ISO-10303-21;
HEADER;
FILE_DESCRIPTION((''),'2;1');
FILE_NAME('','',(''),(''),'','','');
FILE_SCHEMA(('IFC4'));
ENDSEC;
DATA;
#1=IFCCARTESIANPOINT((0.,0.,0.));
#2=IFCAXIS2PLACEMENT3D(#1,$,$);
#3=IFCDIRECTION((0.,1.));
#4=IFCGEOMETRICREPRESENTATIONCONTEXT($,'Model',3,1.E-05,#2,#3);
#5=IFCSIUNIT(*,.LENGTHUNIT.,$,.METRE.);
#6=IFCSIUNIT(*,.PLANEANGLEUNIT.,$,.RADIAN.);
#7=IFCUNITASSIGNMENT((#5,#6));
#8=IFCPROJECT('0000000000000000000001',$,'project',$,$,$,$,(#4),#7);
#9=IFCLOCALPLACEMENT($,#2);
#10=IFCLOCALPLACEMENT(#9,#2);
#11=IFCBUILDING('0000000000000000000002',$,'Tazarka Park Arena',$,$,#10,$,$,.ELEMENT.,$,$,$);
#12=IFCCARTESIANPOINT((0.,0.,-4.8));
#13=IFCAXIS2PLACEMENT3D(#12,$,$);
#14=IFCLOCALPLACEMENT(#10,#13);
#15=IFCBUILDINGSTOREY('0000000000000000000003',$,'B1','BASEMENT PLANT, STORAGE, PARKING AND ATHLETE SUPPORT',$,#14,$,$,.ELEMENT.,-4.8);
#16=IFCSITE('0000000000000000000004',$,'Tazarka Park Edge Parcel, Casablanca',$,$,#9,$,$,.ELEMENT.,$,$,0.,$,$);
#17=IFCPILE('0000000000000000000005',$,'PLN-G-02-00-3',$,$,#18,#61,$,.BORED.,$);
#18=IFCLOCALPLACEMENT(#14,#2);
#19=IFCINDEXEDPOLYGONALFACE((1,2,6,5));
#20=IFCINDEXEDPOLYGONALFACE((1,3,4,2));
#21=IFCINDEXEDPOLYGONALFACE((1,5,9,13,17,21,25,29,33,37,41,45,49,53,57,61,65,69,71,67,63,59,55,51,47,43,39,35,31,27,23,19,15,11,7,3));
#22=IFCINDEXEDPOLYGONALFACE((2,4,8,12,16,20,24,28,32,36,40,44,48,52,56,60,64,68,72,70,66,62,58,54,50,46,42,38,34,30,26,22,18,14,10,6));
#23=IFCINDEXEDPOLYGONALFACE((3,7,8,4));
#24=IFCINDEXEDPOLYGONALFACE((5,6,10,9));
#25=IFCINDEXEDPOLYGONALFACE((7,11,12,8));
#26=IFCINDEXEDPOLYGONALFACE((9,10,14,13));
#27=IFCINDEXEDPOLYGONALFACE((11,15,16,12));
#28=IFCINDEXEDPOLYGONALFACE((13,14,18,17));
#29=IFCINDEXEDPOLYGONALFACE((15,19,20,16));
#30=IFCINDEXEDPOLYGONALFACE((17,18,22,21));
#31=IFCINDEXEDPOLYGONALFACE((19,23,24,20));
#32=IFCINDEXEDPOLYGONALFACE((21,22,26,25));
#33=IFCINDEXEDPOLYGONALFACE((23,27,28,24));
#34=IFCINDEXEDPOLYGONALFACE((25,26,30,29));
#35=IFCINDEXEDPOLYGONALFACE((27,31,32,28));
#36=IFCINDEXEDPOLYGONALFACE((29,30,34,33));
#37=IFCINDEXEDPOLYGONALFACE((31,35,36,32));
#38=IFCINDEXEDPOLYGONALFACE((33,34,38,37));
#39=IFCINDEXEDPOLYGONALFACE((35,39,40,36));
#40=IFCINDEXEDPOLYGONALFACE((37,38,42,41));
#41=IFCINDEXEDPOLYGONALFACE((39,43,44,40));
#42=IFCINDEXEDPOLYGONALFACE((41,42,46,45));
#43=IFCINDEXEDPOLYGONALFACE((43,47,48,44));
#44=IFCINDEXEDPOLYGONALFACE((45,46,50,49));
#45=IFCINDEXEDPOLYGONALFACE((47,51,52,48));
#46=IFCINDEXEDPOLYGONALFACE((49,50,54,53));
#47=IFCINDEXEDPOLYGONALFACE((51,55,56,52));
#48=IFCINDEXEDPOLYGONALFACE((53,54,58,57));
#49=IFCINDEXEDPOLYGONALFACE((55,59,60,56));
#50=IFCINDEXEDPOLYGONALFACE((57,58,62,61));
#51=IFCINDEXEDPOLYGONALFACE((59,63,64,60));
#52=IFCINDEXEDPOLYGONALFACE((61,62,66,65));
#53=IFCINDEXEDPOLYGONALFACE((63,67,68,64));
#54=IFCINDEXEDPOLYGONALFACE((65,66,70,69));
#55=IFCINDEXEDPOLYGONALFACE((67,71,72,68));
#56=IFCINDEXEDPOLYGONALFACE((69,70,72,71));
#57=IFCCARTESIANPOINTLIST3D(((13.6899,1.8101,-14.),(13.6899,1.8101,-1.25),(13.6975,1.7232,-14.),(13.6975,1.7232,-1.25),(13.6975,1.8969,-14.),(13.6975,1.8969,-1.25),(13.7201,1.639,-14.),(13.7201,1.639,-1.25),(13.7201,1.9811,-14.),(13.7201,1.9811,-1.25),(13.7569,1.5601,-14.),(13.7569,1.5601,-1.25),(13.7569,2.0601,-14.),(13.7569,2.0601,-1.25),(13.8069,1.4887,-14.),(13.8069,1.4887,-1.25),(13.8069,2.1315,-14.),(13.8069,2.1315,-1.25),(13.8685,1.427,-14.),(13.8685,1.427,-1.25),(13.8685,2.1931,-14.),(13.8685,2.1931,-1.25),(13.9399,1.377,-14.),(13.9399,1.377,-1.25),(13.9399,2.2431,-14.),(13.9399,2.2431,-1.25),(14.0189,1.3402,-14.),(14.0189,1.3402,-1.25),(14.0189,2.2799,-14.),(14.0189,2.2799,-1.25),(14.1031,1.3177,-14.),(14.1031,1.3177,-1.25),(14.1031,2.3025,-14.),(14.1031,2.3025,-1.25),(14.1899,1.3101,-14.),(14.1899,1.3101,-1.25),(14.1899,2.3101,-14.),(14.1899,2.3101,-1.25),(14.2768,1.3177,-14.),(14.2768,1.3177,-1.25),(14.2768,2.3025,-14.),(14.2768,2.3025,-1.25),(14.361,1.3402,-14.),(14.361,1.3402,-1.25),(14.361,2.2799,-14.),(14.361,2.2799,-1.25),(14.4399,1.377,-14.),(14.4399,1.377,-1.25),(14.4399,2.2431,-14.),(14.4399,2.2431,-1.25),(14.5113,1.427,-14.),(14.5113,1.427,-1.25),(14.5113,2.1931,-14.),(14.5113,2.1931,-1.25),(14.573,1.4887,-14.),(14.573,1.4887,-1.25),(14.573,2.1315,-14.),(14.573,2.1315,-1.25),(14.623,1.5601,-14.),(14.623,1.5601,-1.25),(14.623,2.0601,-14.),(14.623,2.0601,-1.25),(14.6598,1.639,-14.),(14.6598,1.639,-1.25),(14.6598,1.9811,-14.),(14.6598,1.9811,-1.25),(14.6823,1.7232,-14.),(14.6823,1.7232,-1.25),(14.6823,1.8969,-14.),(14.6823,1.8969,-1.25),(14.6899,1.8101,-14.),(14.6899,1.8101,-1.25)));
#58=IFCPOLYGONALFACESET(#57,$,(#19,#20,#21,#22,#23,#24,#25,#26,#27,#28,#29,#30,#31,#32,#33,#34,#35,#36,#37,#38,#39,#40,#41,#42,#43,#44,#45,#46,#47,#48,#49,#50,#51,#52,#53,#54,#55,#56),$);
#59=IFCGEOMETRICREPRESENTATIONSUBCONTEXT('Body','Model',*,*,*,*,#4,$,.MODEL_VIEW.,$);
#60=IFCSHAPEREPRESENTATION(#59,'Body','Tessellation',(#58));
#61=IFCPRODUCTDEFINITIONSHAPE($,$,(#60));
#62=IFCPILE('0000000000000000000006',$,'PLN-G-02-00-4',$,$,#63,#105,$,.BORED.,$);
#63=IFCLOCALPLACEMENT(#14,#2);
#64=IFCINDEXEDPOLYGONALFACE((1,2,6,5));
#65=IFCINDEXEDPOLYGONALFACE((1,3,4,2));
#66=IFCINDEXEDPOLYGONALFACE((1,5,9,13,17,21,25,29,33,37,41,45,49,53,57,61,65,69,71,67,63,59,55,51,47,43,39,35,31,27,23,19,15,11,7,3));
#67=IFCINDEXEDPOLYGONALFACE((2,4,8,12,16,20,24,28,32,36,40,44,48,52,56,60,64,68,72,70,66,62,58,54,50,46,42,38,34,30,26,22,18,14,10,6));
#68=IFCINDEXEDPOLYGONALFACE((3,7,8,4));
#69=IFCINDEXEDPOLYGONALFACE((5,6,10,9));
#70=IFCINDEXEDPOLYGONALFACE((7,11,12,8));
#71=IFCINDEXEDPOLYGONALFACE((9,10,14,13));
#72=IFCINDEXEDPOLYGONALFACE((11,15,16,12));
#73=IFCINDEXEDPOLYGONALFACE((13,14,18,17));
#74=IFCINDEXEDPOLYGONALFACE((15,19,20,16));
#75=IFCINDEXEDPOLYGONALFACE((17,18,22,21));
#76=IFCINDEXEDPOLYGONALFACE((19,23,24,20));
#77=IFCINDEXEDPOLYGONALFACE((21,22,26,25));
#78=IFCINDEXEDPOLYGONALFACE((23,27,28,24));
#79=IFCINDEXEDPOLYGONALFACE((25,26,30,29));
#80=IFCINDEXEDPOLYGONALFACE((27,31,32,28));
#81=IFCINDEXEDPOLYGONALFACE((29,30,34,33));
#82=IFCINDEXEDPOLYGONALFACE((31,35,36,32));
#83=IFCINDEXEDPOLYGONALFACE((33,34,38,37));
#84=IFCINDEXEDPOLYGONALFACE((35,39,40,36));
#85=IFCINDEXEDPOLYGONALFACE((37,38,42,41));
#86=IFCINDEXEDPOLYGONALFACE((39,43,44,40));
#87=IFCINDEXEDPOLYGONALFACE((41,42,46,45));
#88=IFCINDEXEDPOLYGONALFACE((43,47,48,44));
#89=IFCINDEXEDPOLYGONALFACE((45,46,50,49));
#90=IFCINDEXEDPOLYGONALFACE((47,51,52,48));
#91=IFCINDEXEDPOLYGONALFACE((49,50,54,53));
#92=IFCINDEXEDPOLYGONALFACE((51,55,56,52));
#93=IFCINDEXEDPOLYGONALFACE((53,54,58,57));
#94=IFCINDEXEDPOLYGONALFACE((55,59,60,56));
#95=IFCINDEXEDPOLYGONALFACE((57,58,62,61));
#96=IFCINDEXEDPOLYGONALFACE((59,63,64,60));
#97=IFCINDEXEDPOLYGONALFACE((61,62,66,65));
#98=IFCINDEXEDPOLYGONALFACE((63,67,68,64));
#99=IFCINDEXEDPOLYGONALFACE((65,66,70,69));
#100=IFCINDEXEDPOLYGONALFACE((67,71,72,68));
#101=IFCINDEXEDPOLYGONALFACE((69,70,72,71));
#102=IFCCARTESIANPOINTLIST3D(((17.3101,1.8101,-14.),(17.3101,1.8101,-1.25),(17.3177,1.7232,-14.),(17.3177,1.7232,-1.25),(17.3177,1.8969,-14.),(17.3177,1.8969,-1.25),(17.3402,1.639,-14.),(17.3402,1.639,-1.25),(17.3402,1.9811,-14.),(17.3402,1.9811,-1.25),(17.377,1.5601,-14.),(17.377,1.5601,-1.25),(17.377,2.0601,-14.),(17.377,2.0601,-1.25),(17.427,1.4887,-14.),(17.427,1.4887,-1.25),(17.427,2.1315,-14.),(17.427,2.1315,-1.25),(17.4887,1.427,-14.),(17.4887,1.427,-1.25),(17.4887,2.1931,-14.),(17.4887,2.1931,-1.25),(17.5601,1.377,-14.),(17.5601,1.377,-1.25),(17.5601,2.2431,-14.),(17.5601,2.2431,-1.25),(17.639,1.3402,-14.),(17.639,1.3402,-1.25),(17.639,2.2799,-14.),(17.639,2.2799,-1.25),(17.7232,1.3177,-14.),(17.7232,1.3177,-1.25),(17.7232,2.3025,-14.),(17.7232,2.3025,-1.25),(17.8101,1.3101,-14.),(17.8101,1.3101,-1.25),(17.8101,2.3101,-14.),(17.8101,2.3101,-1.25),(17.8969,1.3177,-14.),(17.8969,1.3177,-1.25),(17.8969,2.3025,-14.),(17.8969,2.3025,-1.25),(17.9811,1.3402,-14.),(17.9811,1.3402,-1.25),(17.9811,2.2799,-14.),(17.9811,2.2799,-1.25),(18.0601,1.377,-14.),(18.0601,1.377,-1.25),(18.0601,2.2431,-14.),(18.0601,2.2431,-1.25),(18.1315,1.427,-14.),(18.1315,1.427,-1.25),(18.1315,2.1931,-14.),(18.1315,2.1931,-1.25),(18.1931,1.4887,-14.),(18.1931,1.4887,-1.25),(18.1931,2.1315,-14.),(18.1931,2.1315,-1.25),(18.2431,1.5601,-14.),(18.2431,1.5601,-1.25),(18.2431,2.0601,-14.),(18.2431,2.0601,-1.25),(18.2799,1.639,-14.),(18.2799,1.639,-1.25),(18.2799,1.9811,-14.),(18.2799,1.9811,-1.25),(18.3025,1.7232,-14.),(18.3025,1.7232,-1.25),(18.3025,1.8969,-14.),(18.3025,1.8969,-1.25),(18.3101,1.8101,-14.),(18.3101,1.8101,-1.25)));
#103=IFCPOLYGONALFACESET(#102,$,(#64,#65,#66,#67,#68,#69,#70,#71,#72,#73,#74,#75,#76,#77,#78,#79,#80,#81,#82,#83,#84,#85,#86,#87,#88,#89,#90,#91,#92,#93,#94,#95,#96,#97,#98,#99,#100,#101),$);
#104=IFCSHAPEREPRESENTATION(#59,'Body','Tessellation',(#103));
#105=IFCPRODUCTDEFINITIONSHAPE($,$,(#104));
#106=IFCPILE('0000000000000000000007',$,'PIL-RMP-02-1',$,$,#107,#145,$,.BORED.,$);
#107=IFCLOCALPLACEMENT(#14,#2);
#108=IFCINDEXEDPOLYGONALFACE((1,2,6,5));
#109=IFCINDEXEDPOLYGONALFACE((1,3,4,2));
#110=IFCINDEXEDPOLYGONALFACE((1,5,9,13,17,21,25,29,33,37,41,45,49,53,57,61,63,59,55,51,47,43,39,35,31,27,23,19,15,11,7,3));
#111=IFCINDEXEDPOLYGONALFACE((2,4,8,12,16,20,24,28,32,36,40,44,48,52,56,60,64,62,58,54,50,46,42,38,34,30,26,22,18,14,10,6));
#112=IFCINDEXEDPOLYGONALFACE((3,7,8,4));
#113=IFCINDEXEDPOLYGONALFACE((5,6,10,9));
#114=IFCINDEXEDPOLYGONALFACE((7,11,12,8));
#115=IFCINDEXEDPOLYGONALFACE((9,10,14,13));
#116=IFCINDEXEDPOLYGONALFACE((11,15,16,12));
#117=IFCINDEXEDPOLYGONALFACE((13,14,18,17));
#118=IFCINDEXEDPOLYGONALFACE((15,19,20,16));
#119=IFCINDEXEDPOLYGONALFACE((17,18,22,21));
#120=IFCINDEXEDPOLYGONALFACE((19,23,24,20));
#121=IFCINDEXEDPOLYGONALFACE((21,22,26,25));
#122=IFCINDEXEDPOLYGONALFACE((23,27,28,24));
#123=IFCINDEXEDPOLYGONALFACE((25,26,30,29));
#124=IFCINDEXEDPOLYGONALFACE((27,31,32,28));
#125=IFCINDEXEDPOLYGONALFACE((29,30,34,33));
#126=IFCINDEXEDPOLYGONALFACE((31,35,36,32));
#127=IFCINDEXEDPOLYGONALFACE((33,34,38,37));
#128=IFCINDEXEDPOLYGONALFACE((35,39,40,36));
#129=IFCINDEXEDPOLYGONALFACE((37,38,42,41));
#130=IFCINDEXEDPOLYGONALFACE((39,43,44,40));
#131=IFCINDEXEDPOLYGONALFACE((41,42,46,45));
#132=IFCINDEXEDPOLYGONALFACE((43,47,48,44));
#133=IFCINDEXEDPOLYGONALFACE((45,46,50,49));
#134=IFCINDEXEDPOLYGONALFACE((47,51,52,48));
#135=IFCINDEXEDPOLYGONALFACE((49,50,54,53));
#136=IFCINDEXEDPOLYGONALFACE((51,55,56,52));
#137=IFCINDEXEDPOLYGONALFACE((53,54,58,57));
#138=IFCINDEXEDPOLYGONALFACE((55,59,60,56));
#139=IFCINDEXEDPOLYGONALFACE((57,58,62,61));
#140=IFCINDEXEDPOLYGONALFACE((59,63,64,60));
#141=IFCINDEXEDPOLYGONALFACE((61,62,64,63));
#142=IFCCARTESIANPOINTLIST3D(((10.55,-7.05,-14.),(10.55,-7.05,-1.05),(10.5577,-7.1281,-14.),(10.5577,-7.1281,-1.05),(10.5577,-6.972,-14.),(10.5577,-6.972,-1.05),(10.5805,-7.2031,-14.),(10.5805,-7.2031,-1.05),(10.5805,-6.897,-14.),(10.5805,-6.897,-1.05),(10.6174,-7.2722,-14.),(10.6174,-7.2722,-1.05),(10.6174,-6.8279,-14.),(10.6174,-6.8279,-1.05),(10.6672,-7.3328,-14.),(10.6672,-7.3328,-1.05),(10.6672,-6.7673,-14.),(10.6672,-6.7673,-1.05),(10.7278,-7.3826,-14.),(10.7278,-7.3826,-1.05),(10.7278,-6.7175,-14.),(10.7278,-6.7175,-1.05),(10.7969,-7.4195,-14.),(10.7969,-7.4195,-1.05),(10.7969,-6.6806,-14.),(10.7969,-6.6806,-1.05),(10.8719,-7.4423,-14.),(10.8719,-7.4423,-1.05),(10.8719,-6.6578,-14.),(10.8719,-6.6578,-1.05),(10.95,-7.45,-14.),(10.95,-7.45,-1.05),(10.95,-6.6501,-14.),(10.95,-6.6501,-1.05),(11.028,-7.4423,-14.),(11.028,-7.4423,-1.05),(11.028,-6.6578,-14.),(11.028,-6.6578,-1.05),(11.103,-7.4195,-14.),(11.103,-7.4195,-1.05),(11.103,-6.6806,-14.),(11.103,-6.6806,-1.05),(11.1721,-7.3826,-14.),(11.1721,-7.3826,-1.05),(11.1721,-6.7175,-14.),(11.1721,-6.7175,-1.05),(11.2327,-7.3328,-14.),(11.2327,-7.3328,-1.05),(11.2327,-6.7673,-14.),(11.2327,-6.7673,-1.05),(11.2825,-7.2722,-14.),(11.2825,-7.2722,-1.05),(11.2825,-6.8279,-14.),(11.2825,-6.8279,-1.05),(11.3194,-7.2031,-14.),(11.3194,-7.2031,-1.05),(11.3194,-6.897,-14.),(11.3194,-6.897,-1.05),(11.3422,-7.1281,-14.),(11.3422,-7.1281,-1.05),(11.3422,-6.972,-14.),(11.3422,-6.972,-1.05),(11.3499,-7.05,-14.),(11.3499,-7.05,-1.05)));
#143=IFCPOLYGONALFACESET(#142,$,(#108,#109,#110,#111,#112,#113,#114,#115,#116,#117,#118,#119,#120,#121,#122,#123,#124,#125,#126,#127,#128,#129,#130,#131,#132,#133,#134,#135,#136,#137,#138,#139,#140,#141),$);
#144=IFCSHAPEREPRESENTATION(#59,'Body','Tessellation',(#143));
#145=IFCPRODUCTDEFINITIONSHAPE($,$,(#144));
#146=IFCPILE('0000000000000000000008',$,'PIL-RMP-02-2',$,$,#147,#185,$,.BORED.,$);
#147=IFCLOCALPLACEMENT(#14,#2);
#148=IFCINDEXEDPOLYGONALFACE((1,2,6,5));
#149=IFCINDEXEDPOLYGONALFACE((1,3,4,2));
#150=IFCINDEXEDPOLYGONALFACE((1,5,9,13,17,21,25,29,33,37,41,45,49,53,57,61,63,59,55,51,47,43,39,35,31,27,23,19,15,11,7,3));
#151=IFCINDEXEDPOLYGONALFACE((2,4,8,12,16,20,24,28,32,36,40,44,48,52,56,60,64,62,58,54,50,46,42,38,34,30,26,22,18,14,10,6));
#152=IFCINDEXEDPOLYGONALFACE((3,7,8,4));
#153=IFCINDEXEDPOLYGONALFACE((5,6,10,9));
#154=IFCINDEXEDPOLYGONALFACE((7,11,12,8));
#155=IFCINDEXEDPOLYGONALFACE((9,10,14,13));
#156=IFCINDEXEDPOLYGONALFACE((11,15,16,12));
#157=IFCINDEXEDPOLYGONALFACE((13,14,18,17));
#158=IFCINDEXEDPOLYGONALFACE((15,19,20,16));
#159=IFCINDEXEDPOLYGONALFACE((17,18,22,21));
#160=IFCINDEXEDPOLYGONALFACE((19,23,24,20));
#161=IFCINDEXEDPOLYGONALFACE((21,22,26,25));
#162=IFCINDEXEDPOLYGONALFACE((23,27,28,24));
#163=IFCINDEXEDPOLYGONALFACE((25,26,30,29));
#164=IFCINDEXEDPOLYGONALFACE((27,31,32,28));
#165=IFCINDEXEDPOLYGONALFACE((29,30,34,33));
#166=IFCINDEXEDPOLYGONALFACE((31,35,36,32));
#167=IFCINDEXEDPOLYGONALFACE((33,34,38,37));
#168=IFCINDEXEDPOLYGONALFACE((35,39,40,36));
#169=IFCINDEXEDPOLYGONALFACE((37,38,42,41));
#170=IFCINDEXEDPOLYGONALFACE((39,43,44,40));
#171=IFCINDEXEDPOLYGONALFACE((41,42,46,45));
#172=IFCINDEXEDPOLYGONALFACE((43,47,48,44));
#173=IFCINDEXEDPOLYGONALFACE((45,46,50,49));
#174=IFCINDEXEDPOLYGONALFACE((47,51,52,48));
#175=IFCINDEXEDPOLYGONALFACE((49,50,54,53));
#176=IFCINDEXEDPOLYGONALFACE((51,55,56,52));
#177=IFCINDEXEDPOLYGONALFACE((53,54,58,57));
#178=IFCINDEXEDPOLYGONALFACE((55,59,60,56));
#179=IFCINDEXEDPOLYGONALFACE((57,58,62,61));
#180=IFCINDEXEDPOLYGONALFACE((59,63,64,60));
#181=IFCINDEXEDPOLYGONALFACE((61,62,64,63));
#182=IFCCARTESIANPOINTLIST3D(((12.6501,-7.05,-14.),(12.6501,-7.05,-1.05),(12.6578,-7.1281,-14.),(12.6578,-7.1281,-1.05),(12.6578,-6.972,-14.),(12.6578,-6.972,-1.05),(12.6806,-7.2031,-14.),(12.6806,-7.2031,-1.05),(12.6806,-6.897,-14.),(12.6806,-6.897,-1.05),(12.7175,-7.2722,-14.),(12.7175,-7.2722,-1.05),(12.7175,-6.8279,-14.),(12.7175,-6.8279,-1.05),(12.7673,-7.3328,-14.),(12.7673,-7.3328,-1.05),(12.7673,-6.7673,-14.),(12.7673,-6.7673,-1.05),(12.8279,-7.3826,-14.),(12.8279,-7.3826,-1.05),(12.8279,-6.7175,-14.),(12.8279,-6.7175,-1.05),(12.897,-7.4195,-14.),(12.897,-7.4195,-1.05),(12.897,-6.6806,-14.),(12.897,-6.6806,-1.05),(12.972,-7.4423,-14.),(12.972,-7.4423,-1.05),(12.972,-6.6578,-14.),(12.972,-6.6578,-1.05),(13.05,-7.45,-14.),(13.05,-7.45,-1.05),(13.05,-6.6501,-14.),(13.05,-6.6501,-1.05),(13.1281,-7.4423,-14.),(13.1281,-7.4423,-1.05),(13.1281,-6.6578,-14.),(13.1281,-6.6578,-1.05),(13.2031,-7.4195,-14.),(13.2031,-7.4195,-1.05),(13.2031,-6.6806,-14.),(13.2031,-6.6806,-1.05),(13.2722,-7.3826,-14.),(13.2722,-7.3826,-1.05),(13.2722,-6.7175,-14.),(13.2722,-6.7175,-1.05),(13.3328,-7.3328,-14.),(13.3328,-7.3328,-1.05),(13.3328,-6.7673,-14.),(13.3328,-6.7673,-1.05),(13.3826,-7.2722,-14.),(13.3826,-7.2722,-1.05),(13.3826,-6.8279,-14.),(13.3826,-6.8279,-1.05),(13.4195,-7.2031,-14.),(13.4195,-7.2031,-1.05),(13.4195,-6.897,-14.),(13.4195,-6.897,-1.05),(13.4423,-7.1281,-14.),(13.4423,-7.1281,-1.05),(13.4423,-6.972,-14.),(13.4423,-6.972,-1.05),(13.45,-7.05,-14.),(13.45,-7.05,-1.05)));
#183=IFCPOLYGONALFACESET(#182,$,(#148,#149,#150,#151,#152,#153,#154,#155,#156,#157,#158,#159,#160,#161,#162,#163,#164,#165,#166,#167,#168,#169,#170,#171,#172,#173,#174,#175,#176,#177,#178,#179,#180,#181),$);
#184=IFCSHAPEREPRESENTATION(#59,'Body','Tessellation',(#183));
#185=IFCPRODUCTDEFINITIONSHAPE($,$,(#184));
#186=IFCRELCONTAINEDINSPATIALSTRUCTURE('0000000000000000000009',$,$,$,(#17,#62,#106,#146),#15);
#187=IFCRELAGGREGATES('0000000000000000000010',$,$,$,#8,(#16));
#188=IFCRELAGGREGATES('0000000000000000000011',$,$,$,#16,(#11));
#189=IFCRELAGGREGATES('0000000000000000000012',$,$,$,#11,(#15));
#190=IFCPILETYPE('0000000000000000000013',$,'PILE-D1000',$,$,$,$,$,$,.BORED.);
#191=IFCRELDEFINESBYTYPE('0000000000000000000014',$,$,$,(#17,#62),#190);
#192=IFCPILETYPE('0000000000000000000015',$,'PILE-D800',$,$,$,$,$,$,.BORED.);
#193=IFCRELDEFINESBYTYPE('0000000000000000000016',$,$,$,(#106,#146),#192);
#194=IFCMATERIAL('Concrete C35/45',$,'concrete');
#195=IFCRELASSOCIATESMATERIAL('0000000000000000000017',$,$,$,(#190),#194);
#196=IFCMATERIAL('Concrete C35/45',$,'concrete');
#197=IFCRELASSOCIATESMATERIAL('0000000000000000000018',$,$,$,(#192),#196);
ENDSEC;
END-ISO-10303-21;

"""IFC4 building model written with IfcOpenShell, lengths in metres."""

from ifc_helpers import new_model, si_unit, direction, frame, origin, origin_2d, place, context, subcontext, project, spatial, circle, extrude, material, material_profile, profile_set, type_object, element, save


model = new_model("IFC4")

# Units and contexts
model_context = context("Model", 3, precision=1e-05, world=origin(), true_north=direction((0.0, 1.0)))
body_context = subcontext(model_context, "Body", "Model", "MODEL_VIEW")
ifc_project = project(units=[si_unit("LENGTHUNIT", "METRE"), si_unit("PLANEANGLEUNIT", "RADIAN")], contexts=[model_context])

# Site, building, storey
site_placement = place(None, origin())
site = spatial("IfcSite", under=ifc_project, at=site_placement, Name="Tazarka Park Edge Parcel, Casablanca", CompositionType="ELEMENT", RefElevation=0.0)
building_placement = place(site_placement, origin())
building = spatial("IfcBuilding", under=site, at=building_placement, Name="Tazarka Park Arena", CompositionType="ELEMENT")
storey_placement = place(building_placement, frame((0.0, 0.0, -4.8)))
storey = spatial("IfcBuildingStorey", under=building, at=storey_placement, Name="B1", Description="BASEMENT PLANT, STORAGE, PARKING AND ATHLETE SUPPORT", CompositionType="ELEMENT", Elevation=-4.8)

# Piles
ifc_material_1 = material(Name="Concrete C35/45", Category="concrete")
ifc_material_profile_1 = material_profile(ifc_material_1, circle(Radius=0.5, at=origin_2d()), Name="Concrete C35/45")
ifc_profile_set_1 = profile_set([ifc_material_profile_1], Name="Concrete C35/45")
pile_type_1 = type_object("IfcPileType", Name="PILE-D1000", PredefinedType="BORED", material=ifc_profile_set_1)
for number, where, z_axis, x_axis, name in (
    (1, (14.1899, 1.8101, -1.25), (0.0, 0.0, -1.0), (1.0, 0.0, 0.0), "PLN-G-02-00-3"),
    (2, (17.8101, 1.8101, -1.25), (0.0, 0.0, -1.0), (1.0, 0.0, 0.0), "PLN-G-02-00-4"),
):
    element("IfcPile", number, at=place(storey_placement, frame(where, z_axis=z_axis, x_axis=x_axis)), inside=storey, type_object=pile_type_1, Name=name, PredefinedType="BORED", context=body_context, shape_type="SweptSolid", body=[
        extrude(circle(Radius=0.5, at=origin_2d()), origin(), (0.0, 0.0, 1.0), 12.75),
    ])
ifc_material_2 = material(Name="Concrete C35/45", Category="concrete")
ifc_material_profile_2 = material_profile(ifc_material_2, circle(Radius=0.3999, at=origin_2d()), Name="Concrete C35/45")
ifc_profile_set_2 = profile_set([ifc_material_profile_2], Name="Concrete C35/45")
pile_type_2 = type_object("IfcPileType", Name="PILE-D800", PredefinedType="BORED", material=ifc_profile_set_2)
for number, where, z_axis, x_axis, name in (
    (3, (10.95, -7.05, -1.05), (0.0, 0.0, -1.0), (1.0, 0.0, 0.0), "PIL-RMP-02-1"),
    (4, (13.05, -7.05, -1.05), (0.0, 0.0, -1.0), (1.0, 0.0, 0.0), "PIL-RMP-02-2"),
):
    element("IfcPile", number, at=place(storey_placement, frame(where, z_axis=z_axis, x_axis=x_axis)), inside=storey, type_object=pile_type_2, Name=name, PredefinedType="BORED", context=body_context, shape_type="SweptSolid", body=[
        extrude(circle(Radius=0.3999, at=origin_2d()), origin(), (0.0, 0.0, 1.0), 12.95),
    ])

save(model, "model.ifc")
